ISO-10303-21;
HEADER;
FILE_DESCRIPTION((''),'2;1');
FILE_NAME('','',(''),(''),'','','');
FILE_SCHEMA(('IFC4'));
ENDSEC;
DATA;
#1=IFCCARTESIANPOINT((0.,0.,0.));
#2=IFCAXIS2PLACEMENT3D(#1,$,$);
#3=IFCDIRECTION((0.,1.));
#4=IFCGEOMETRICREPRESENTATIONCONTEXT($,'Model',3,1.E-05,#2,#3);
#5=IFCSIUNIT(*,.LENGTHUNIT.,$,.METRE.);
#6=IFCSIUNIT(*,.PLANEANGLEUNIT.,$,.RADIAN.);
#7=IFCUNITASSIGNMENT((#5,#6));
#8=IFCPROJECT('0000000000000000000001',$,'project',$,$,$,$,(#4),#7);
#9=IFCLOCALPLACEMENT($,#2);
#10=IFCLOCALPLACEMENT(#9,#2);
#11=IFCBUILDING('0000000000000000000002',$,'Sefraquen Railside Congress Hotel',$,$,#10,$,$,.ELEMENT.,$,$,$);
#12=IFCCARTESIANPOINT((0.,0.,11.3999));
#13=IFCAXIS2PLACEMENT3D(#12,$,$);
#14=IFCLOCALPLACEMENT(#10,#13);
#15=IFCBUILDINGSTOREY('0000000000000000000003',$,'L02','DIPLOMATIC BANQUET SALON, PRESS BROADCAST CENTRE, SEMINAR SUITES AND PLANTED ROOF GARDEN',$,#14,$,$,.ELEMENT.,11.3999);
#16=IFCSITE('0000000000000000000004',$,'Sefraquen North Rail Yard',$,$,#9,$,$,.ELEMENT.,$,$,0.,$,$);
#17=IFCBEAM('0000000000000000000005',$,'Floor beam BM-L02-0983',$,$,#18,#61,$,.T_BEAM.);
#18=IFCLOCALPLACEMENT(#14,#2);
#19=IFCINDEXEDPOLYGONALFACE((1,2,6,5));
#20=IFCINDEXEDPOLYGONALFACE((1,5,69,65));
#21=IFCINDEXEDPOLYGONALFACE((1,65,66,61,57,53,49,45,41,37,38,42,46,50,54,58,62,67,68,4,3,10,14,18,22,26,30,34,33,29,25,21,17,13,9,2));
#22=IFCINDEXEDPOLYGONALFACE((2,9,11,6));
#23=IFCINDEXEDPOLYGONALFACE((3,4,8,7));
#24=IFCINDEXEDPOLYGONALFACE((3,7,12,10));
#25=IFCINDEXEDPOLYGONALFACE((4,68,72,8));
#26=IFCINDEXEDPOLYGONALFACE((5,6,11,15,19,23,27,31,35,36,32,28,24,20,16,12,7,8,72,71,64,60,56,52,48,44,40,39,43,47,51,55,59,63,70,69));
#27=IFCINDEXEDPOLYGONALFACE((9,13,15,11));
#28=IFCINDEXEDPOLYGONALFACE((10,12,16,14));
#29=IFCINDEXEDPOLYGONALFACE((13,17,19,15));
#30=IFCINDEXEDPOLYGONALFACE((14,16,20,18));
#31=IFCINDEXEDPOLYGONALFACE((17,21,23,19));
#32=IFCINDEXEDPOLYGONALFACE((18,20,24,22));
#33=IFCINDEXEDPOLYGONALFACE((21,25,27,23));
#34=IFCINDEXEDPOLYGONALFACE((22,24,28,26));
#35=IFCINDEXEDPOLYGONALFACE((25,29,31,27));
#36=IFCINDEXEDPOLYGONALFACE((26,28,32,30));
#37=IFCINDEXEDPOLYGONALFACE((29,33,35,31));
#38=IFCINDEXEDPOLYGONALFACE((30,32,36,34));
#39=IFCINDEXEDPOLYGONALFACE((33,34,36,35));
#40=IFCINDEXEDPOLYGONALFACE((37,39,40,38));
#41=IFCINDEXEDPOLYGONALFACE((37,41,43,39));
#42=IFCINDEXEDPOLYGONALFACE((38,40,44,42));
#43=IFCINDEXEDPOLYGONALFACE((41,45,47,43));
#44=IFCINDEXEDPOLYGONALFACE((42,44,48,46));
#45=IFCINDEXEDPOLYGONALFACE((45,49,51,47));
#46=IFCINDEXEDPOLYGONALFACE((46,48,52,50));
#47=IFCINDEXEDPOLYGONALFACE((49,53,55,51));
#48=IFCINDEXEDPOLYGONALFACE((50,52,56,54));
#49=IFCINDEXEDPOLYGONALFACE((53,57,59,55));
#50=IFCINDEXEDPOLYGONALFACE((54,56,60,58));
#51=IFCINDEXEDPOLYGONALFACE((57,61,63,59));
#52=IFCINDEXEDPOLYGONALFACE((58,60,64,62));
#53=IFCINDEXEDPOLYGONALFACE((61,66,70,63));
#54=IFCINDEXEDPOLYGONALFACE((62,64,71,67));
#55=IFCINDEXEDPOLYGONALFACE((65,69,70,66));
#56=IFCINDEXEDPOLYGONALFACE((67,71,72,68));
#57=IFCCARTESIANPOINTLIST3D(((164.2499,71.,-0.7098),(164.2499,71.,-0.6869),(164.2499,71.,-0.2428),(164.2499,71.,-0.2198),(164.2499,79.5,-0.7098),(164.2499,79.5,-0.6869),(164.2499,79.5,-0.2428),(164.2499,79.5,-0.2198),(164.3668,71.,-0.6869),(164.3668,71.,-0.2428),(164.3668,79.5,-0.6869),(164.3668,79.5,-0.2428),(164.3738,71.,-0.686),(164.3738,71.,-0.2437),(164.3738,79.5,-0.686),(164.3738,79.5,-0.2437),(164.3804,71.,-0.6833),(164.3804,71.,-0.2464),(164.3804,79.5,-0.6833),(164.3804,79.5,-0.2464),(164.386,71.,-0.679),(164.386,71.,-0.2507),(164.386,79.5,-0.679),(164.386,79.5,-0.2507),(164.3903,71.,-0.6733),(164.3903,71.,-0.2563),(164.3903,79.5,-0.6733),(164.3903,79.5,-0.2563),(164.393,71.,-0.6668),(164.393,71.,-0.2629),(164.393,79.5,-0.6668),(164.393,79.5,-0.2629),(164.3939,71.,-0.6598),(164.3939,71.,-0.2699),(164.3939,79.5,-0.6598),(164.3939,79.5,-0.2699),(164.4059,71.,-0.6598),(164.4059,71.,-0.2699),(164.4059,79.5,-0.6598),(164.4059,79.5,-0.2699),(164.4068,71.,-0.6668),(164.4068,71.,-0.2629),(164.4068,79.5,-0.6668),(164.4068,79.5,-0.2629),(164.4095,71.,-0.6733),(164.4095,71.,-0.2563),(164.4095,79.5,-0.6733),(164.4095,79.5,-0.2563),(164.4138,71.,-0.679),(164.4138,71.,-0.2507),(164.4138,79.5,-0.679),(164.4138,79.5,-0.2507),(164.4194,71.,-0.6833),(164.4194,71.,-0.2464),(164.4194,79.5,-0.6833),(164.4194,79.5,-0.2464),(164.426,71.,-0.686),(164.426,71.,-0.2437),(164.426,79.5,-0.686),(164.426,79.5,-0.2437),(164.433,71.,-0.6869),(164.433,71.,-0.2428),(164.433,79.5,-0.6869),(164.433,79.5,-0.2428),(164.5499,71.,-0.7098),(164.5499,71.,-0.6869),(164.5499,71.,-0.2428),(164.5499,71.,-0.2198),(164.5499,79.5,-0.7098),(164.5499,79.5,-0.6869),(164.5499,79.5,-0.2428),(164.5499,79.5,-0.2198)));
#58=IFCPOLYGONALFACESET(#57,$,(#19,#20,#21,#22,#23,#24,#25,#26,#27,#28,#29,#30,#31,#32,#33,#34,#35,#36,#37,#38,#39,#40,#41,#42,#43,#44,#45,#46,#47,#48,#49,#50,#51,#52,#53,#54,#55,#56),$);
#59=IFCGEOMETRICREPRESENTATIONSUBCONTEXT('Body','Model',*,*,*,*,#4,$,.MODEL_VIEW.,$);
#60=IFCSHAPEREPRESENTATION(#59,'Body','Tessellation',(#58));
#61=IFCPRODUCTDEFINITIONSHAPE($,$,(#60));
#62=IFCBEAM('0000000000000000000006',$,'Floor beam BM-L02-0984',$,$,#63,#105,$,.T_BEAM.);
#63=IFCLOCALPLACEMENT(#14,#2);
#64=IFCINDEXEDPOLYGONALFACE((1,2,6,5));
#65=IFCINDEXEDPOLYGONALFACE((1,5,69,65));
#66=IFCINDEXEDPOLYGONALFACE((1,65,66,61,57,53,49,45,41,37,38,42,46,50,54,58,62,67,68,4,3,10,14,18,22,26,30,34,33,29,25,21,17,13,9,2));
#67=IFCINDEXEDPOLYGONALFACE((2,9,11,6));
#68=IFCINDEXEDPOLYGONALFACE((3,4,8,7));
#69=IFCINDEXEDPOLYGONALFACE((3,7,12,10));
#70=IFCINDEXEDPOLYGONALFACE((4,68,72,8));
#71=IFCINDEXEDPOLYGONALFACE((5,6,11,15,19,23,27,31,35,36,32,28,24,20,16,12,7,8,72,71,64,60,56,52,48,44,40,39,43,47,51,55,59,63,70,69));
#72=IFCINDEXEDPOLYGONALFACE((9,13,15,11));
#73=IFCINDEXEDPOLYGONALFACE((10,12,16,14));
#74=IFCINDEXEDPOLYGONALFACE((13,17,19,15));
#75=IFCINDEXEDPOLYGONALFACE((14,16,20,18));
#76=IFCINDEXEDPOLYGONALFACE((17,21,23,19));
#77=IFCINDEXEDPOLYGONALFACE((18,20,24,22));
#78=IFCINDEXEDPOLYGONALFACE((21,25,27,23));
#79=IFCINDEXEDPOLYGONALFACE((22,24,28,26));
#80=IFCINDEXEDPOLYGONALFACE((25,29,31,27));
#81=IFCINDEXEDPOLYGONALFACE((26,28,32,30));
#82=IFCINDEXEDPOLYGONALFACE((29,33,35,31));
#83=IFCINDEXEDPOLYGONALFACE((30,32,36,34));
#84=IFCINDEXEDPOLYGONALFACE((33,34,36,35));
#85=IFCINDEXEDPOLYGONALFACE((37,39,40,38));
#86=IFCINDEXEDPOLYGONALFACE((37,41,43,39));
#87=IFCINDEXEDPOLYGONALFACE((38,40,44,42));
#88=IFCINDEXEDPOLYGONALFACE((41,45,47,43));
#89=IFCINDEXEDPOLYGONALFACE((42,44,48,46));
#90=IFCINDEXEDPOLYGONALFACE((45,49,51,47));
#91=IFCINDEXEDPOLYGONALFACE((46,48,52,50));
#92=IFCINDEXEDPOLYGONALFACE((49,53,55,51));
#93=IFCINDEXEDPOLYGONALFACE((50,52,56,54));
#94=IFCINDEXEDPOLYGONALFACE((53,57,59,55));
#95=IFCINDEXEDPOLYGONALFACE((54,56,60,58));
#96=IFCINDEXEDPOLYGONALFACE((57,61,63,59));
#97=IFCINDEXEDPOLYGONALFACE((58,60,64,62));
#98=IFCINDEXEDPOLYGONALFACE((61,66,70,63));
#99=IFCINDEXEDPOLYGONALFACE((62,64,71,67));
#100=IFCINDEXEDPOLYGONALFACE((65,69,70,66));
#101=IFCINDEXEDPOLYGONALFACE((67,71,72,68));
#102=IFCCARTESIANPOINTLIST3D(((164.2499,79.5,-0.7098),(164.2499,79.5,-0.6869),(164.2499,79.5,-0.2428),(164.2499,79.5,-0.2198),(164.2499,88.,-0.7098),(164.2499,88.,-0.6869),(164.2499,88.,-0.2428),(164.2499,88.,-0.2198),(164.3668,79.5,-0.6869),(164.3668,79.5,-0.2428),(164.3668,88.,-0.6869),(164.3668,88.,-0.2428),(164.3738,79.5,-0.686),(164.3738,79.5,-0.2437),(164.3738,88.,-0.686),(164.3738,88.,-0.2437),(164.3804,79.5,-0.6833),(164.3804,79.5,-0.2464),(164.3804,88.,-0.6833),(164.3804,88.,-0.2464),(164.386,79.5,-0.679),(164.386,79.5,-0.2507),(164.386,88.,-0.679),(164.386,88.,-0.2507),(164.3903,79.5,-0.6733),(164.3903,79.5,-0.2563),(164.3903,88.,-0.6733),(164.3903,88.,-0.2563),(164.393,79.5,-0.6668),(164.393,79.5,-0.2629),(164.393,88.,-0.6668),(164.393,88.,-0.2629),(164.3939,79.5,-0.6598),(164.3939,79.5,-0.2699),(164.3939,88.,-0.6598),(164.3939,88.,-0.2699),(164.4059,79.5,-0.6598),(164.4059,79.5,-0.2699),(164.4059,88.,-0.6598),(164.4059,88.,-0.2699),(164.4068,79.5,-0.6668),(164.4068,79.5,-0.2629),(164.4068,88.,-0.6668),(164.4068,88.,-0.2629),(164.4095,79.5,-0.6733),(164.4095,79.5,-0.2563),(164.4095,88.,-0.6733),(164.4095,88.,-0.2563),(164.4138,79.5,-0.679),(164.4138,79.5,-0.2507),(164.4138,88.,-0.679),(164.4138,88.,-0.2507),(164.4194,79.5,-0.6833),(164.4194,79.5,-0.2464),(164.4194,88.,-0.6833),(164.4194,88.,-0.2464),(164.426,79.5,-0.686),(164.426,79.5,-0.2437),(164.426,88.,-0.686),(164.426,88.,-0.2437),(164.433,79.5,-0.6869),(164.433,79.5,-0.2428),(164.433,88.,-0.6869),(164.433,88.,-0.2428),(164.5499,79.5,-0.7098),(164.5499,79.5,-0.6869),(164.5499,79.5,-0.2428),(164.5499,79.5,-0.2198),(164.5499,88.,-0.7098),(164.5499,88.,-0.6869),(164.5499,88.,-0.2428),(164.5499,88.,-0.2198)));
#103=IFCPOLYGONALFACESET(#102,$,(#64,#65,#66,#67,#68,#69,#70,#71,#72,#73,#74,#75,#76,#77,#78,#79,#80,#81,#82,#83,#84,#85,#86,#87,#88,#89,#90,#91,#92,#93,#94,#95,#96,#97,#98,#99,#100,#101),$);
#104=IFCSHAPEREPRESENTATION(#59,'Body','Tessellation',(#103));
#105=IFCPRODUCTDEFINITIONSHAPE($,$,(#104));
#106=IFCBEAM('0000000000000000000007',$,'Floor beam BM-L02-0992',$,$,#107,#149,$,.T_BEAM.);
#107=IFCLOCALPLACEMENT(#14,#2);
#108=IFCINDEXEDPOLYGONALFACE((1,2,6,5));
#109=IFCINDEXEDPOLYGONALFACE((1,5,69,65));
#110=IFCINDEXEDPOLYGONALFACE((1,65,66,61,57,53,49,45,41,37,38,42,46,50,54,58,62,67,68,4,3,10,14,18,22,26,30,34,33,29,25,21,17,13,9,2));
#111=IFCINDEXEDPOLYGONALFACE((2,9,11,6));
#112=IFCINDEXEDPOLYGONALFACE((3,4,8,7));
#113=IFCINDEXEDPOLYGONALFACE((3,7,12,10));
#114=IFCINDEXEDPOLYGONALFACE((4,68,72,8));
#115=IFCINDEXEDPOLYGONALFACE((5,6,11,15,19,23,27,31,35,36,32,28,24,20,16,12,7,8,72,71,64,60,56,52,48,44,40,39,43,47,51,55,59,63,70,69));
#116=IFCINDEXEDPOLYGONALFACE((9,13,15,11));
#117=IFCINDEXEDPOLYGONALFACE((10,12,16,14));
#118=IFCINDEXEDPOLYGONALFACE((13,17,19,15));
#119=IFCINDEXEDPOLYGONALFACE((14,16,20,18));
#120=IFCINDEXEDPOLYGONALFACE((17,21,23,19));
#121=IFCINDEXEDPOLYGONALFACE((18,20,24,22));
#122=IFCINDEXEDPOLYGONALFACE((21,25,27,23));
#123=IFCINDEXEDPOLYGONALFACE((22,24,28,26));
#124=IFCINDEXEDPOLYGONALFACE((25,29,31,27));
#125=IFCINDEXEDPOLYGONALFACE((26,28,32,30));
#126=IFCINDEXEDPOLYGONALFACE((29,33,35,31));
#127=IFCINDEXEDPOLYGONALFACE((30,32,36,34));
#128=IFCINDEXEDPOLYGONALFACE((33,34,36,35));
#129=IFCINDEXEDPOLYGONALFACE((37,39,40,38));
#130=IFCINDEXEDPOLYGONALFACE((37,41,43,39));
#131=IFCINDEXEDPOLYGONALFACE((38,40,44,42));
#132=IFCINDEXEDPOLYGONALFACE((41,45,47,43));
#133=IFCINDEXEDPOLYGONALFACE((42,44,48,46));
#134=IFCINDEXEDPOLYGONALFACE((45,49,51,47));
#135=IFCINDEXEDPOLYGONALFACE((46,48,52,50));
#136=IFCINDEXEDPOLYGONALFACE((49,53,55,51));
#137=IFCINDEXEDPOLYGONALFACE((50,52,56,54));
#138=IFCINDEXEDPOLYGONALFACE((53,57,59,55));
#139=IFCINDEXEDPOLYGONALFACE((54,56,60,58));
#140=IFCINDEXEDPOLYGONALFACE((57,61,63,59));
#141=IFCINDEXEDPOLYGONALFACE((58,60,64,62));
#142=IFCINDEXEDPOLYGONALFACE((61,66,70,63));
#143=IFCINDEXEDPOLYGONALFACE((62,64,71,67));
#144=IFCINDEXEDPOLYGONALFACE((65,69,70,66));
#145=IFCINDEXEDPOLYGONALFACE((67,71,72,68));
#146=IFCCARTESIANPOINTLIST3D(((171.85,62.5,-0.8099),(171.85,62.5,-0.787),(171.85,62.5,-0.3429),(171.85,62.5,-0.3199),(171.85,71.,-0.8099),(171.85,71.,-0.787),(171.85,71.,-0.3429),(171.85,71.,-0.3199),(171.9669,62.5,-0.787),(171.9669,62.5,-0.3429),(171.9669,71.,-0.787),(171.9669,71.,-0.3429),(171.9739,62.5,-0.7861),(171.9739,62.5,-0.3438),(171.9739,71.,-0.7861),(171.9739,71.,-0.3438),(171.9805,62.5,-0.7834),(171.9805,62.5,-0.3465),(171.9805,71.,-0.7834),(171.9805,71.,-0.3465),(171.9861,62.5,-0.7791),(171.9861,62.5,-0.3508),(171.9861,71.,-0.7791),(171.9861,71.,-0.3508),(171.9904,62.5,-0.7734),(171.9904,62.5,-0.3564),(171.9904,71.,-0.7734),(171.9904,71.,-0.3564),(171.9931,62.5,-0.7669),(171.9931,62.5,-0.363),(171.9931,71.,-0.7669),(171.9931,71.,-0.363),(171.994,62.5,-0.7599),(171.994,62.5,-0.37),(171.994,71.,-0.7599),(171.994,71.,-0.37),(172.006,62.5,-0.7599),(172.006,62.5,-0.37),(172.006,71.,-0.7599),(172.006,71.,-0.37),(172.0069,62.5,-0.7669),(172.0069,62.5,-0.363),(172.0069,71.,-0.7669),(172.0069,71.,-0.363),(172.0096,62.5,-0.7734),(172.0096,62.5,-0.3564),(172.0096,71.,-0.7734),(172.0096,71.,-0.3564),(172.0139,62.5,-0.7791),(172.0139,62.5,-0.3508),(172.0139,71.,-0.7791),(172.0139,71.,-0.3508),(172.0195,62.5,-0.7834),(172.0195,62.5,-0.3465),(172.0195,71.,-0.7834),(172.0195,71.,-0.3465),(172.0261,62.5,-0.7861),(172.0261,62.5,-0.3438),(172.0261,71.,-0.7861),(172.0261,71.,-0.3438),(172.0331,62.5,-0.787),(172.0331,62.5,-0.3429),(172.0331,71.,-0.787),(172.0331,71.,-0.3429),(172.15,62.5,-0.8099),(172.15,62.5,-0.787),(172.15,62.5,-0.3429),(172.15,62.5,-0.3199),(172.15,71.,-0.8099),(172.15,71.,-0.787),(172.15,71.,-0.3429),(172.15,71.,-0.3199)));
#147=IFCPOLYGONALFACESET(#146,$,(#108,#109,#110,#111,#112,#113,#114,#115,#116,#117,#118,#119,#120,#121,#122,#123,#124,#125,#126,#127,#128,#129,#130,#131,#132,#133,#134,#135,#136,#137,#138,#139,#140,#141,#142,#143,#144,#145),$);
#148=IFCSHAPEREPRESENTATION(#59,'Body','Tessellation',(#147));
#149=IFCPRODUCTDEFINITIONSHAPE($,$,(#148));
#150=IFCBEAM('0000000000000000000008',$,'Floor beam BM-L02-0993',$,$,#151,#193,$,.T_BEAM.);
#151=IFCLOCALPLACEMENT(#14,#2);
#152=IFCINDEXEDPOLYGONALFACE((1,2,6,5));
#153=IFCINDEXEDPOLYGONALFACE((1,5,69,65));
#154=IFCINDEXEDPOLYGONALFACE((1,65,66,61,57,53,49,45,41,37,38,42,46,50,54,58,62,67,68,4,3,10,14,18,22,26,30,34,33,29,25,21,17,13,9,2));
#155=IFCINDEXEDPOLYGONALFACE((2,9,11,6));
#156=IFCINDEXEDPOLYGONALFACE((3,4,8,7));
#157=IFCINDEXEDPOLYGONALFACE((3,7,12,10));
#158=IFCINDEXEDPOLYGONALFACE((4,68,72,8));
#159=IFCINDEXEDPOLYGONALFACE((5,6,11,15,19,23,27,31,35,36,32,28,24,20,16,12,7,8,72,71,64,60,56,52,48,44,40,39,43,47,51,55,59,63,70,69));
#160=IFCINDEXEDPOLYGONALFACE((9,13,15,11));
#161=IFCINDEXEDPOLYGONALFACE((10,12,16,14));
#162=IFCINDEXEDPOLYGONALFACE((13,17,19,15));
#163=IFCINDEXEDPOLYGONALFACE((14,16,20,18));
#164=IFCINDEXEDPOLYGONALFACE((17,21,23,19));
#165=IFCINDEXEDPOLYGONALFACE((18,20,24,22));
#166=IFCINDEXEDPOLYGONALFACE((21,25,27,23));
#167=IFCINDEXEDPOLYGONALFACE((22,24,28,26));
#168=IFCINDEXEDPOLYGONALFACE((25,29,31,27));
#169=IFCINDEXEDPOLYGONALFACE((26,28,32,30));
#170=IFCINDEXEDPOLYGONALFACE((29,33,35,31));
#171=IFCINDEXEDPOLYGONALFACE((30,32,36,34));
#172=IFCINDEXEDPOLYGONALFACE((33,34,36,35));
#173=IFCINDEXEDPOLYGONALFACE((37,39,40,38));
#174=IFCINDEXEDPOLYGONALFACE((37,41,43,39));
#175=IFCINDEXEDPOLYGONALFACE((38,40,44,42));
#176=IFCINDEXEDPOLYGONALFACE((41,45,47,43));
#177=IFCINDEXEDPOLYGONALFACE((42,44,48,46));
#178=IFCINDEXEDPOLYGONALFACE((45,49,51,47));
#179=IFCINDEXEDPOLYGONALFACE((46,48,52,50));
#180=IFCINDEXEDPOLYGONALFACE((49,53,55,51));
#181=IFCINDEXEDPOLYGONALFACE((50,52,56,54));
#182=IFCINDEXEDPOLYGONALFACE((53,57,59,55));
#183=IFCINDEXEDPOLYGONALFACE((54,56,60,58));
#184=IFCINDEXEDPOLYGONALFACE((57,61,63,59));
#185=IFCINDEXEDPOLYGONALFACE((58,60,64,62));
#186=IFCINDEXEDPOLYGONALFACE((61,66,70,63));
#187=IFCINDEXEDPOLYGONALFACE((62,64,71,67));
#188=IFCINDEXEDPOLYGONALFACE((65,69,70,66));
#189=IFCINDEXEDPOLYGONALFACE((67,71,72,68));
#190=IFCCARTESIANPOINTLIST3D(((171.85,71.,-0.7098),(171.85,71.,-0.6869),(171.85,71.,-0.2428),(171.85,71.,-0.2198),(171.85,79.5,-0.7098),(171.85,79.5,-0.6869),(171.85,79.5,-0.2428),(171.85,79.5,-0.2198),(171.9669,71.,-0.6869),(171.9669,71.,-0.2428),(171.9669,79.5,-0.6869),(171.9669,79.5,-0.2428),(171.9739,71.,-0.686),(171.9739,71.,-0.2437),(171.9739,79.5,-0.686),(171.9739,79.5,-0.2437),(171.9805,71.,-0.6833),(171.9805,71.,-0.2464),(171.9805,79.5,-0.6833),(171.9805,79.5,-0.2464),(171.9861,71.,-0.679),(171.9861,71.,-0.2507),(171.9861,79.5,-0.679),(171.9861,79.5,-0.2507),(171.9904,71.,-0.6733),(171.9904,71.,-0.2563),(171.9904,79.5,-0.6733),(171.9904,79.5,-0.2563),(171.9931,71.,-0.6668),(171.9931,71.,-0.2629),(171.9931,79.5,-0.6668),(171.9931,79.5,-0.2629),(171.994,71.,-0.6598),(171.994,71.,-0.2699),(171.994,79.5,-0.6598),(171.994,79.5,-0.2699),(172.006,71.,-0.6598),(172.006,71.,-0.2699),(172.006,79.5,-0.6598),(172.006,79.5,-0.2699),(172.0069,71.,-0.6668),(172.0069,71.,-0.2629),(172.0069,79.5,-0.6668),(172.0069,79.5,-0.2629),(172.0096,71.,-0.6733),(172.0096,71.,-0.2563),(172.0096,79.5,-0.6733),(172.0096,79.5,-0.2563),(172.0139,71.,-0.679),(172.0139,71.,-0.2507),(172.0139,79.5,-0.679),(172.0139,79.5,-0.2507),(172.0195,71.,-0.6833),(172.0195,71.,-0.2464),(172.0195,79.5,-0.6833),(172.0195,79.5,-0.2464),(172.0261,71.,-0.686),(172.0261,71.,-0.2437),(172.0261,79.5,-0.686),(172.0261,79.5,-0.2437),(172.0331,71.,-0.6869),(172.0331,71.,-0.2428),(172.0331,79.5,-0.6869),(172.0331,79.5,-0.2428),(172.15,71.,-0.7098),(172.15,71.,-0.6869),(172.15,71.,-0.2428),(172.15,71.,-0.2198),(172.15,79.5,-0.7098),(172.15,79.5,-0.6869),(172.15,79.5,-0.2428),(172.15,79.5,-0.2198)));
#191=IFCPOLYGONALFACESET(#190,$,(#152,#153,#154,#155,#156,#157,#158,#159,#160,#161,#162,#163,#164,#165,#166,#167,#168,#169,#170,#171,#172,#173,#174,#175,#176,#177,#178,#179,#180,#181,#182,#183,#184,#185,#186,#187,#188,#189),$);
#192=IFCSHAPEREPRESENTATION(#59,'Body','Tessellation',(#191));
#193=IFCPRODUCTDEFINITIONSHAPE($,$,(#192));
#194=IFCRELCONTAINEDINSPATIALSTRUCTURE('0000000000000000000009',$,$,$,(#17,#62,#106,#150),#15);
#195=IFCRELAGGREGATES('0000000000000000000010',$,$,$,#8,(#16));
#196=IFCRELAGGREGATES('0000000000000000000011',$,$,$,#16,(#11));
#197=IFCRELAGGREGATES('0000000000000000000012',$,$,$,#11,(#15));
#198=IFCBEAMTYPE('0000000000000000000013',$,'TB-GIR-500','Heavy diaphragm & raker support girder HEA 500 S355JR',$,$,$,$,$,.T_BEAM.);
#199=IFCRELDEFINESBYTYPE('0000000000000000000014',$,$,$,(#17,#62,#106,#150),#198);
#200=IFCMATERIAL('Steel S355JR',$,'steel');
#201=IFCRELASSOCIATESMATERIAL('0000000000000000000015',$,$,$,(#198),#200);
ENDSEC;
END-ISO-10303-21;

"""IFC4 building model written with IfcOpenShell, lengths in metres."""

from ifc_helpers import new_model, si_unit, direction, frame, origin, origin_2d, place, context, subcontext, project, spatial, i_section, extrude, material, material_profile, profile_set, type_object, element, save


model = new_model("IFC4")

# Units and contexts
model_context = context("Model", 3, precision=1e-05, world=origin(), true_north=direction((0.0, 1.0)))
body_context = subcontext(model_context, "Body", "Model", "MODEL_VIEW")
ifc_project = project(units=[si_unit("LENGTHUNIT", "METRE"), si_unit("PLANEANGLEUNIT", "RADIAN")], contexts=[model_context])

# Site, building, storey
site_placement = place(None, origin())
site = spatial("IfcSite", under=ifc_project, at=site_placement, Name="Sefraquen North Rail Yard", CompositionType="ELEMENT", RefElevation=0.0)
building_placement = place(site_placement, origin())
building = spatial("IfcBuilding", under=site, at=building_placement, Name="Sefraquen Railside Congress Hotel", CompositionType="ELEMENT")
storey_placement = place(building_placement, frame((0.0, 0.0, 11.3999)))
storey = spatial("IfcBuildingStorey", under=building, at=storey_placement, Name="L02", Description="DIPLOMATIC BANQUET SALON, PRESS BROADCAST CENTRE, SEMINAR SUITES AND PLANTED ROOF GARDEN", CompositionType="ELEMENT", Elevation=11.3999)

# Shared definitions
ifc_material_1 = material(Name="Steel S355JR", Category="steel")

# Beams
ifc_material_profile_1 = material_profile(ifc_material_1, i_section(OverallWidth=0.3, OverallDepth=0.49, WebThickness=0.012, FlangeThickness=0.0229, FilletRadius=0.0271, at=origin_2d()), Name="HEA 500")
ifc_profile_set_1 = profile_set([ifc_material_profile_1], Name="Steel S355JR")
beam_type_1 = type_object("IfcBeamType", Name="TB-GIR-500", Description="Heavy diaphragm & raker support girder HEA 500 S355JR", PredefinedType="T_BEAM", material=ifc_profile_set_1)
for number, where, z_axis, x_axis, name in (
    (1, (164.3999, 71.0, -0.4648), (0.0, 1.0, 0.0), (-1.0, 0.0, 0.0), "Floor beam BM-L02-0983"),
    (2, (164.3999, 79.5, -0.4648), (0.0, 1.0, 0.0), (-1.0, 0.0, 0.0), "Floor beam BM-L02-0984"),
    (3, (172.0, 62.5, -0.5649), (0.0, 1.0, 0.0), (-1.0, 0.0, 0.0), "Floor beam BM-L02-0992"),
    (4, (172.0, 71.0, -0.4648), (0.0, 1.0, 0.0), (-1.0, 0.0, 0.0), "Floor beam BM-L02-0993"),
):
    element("IfcBeam", number, at=place(storey_placement, frame(where, z_axis=z_axis, x_axis=x_axis)), inside=storey, type_object=beam_type_1, Name=name, PredefinedType="T_BEAM", context=body_context, shape_type="SweptSolid", body=[
        extrude(i_section(OverallWidth=0.3, OverallDepth=0.49, WebThickness=0.012, FlangeThickness=0.0229, FilletRadius=0.0271, at=origin_2d()), origin(), (0.0, 0.0, 1.0), 8.5),
    ])

save(model, "model.ifc")
